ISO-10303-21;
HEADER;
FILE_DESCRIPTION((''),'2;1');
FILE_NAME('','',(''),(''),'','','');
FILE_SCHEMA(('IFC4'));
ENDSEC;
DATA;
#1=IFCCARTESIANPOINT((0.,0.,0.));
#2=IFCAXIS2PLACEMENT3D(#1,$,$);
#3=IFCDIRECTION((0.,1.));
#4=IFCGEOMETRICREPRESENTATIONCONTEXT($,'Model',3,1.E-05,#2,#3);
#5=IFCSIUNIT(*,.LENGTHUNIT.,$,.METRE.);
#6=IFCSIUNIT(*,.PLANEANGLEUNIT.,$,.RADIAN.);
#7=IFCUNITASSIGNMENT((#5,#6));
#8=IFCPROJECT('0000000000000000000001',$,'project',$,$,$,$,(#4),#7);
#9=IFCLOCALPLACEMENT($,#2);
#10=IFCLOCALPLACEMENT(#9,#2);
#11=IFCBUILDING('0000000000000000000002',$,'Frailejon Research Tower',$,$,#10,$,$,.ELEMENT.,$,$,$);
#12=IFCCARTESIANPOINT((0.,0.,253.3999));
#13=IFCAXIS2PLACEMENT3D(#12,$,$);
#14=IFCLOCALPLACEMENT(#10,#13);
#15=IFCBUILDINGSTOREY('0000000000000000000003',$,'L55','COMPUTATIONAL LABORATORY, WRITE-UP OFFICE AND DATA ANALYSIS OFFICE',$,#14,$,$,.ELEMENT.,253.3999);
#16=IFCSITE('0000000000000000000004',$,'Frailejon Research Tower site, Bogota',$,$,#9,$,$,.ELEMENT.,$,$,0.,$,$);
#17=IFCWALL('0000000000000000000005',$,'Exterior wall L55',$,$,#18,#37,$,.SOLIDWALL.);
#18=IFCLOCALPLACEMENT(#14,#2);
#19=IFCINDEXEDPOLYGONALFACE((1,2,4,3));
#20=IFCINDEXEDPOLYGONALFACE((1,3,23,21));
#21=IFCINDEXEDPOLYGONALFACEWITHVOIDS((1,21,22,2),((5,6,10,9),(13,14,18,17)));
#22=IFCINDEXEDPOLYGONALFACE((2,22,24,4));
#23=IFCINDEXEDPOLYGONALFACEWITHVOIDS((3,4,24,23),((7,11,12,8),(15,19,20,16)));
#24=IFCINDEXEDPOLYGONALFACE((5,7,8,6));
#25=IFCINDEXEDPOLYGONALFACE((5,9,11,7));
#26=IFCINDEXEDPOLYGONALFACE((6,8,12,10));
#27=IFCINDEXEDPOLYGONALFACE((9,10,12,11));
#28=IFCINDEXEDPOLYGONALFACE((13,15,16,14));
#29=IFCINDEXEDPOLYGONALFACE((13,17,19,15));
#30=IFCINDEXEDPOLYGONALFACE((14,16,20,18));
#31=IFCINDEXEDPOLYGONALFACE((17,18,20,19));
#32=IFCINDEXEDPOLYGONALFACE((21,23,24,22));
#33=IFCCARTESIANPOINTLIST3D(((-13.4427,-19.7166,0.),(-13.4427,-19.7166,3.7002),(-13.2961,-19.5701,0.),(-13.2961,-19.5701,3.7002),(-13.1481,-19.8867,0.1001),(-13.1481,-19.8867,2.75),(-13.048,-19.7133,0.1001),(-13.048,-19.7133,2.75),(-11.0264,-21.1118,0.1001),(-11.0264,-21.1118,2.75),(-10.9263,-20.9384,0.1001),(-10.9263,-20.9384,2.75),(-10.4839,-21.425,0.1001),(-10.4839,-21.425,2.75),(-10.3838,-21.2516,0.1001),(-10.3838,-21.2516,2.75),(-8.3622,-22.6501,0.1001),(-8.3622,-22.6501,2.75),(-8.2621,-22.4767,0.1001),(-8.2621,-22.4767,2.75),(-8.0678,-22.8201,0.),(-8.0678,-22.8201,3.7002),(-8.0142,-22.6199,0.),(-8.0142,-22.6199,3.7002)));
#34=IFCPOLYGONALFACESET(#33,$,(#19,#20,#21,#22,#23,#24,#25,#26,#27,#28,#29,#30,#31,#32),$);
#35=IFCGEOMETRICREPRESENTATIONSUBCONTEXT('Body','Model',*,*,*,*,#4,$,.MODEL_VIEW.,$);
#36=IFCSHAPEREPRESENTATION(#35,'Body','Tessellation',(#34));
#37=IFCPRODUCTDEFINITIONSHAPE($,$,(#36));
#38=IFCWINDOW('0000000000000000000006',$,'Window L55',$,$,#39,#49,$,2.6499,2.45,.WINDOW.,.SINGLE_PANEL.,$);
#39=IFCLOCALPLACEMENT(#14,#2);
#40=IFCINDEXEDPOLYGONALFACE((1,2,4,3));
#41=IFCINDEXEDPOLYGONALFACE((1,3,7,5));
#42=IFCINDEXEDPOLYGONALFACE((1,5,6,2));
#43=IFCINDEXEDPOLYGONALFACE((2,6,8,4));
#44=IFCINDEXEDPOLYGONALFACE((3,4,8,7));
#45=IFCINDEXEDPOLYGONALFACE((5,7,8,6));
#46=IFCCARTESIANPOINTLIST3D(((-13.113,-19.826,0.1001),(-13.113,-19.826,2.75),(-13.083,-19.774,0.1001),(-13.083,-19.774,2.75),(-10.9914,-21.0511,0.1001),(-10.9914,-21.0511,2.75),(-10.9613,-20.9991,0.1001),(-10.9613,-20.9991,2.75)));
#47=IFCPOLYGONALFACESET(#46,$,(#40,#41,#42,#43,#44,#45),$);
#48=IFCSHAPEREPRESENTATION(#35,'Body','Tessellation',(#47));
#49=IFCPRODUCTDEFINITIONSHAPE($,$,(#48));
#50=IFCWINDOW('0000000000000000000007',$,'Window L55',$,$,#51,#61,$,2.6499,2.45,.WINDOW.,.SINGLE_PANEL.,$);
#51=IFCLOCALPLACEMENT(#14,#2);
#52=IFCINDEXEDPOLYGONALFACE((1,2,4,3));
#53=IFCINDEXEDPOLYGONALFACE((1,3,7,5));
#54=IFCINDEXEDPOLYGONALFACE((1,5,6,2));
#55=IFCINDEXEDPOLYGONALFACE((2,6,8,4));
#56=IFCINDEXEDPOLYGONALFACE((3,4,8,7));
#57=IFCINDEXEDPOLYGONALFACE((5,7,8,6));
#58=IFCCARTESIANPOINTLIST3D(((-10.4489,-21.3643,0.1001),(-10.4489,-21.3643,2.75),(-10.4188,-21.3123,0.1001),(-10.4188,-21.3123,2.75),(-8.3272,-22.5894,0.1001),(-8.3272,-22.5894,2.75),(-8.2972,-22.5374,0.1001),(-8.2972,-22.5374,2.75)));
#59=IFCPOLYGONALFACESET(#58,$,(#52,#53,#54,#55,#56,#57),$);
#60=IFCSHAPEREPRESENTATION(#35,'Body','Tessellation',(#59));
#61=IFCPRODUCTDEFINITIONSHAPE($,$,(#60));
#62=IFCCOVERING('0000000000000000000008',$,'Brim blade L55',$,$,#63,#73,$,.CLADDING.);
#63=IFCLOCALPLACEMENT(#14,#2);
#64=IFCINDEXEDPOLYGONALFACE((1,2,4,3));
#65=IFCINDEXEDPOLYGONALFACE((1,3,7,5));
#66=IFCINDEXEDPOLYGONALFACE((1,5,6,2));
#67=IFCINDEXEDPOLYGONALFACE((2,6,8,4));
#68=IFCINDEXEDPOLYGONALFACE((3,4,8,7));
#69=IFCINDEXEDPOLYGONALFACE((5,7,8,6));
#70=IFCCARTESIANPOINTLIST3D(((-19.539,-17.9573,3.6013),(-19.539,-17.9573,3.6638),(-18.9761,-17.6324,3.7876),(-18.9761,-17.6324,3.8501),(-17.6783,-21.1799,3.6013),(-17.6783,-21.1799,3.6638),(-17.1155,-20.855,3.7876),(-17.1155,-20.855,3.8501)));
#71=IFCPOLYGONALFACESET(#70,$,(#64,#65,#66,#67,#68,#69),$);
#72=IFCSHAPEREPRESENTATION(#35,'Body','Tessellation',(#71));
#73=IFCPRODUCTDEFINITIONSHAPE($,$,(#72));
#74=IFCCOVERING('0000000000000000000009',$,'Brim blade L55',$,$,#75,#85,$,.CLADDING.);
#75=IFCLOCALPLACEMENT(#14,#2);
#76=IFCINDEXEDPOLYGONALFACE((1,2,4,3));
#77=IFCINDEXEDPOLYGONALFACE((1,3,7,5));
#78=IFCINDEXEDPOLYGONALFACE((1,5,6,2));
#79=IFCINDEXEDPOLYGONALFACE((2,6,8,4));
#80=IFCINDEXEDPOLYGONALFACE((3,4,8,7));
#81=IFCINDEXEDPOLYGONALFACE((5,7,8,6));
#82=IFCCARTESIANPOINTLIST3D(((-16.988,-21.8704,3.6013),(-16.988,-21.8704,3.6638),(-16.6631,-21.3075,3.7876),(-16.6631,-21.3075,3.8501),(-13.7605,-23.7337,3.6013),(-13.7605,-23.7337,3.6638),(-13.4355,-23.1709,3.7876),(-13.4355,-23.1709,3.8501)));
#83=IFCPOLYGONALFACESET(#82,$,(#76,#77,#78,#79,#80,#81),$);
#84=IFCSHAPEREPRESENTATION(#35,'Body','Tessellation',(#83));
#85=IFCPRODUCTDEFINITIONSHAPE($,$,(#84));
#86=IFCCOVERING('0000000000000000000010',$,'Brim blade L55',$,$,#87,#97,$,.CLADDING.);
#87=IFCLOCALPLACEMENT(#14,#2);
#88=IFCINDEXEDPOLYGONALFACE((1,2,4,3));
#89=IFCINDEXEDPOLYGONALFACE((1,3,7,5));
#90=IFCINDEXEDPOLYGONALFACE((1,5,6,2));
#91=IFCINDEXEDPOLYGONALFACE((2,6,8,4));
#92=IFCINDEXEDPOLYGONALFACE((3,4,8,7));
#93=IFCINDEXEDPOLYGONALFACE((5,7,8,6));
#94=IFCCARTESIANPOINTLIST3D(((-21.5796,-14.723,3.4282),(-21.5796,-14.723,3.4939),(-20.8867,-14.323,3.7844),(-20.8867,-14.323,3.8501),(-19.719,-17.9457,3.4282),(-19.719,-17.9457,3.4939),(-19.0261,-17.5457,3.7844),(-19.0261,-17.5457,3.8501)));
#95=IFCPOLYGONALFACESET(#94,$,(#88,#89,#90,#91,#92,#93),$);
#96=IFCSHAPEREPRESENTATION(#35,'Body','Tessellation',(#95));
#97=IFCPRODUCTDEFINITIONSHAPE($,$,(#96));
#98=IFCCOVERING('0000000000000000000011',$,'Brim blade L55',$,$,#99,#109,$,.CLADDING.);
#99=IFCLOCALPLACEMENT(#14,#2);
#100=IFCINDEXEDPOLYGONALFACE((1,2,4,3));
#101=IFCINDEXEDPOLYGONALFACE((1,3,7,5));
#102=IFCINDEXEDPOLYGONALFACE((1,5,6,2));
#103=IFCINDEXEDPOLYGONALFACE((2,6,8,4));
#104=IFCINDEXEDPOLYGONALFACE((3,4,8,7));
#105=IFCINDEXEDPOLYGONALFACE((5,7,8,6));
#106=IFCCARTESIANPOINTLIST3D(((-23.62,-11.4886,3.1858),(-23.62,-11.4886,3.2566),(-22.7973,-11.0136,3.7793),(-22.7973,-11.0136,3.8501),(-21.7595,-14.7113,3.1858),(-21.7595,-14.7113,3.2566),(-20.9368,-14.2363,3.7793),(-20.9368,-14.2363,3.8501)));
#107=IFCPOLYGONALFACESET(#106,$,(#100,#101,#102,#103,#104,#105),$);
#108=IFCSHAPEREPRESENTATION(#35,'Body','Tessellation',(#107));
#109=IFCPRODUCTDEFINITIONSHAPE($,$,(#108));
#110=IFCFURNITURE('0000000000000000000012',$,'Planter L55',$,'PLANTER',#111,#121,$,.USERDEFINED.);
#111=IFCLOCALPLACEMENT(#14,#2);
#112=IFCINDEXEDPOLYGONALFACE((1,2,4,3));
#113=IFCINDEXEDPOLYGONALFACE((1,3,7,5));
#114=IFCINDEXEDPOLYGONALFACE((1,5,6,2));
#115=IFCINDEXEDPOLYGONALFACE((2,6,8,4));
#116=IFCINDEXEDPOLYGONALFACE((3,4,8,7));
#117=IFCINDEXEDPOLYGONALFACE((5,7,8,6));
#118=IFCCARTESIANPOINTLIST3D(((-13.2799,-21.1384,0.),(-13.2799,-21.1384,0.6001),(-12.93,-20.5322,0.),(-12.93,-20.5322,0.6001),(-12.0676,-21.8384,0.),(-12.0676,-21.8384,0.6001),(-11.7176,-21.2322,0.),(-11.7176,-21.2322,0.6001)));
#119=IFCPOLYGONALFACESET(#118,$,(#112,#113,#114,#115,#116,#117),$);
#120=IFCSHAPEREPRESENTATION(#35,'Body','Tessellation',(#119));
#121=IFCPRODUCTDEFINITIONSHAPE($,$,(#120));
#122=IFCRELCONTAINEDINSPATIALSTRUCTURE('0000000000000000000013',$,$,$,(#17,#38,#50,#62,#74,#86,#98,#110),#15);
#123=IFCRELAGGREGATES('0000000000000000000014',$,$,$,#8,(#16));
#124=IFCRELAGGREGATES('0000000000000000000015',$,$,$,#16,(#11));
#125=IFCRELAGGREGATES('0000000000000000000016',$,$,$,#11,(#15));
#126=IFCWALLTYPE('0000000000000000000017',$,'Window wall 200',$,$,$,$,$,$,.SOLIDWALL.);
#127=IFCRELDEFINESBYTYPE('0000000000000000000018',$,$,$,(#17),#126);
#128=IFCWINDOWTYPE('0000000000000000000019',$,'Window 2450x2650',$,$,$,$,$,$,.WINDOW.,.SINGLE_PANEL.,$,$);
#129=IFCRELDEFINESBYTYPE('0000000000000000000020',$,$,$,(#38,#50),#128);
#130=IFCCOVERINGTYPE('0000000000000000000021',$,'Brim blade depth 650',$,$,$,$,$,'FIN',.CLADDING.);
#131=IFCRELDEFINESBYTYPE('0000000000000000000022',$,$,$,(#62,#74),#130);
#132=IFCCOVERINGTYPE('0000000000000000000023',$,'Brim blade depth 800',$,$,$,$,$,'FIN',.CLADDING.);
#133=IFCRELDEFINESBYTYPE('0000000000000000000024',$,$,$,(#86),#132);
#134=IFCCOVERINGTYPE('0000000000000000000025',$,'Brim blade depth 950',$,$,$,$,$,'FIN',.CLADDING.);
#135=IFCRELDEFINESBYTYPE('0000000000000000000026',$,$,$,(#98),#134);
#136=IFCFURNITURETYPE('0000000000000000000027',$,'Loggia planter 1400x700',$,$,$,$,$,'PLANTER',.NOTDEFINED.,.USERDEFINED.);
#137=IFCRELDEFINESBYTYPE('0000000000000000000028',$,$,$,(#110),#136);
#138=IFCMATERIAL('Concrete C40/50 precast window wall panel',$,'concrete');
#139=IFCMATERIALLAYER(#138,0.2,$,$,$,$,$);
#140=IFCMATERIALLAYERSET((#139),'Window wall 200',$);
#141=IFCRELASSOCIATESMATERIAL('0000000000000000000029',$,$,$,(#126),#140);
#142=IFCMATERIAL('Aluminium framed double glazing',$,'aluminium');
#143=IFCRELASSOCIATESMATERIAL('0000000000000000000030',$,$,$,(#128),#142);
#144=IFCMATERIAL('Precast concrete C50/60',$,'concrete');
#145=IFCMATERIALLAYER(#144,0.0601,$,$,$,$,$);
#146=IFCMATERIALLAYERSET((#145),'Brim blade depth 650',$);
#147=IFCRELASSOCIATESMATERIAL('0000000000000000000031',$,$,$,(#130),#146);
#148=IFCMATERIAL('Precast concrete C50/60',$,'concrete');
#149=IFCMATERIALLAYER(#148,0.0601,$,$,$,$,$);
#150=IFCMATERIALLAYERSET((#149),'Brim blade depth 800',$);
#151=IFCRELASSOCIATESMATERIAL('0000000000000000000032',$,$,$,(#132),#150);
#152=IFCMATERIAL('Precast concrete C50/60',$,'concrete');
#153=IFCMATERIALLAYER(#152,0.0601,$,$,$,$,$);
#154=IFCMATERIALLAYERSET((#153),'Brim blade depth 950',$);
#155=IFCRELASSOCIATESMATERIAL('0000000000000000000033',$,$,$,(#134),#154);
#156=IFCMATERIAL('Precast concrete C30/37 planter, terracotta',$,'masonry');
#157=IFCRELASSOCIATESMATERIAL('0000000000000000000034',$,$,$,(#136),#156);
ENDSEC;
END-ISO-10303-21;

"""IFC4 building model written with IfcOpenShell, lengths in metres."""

from ifc_helpers import new_model, si_unit, direction, frame, frame_2d, origin, origin_2d, place, context, subcontext, project, spatial, polyline, rectangle, outline, extrude, material, layer, layer_set, type_object, element, fill, save


model = new_model("IFC4")

# Units and contexts
model_context = context("Model", 3, precision=1e-05, world=origin(), true_north=direction((0.0, 1.0)))
body_context = subcontext(model_context, "Body", "Model", "MODEL_VIEW")
ifc_project = project(units=[si_unit("LENGTHUNIT", "METRE"), si_unit("PLANEANGLEUNIT", "RADIAN")], contexts=[model_context])

# Site, building, storey
site_placement = place(None, origin())
site = spatial("IfcSite", under=ifc_project, at=site_placement, Name="Frailejon Research Tower site, Bogota", CompositionType="ELEMENT", RefElevation=0.0)
building_placement = place(site_placement, origin())
building = spatial("IfcBuilding", under=site, at=building_placement, Name="Frailejon Research Tower", CompositionType="ELEMENT")
storey_placement = place(building_placement, frame((0.0, 0.0, 253.3999)))
storey = spatial("IfcBuildingStorey", under=building, at=storey_placement, Name="L55", Description="COMPUTATIONAL LABORATORY, WRITE-UP OFFICE AND DATA ANALYSIS OFFICE", CompositionType="ELEMENT", Elevation=253.3999)

# Wall, openings, windows
ifc_material_1 = material(Name="Concrete C40/50 precast window wall panel", Category="concrete")
ifc_layer_1 = layer(ifc_material_1, 0.2)
ifc_layer_set_1 = layer_set([ifc_layer_1], Name="Window wall 200")
wall_type_1 = type_object("IfcWallType", Name="Window wall 200", PredefinedType="SOLIDWALL", material=ifc_layer_set_1)
wall_1_placement = place(storey_placement, frame((-13.3694, -19.6433, 0.0), z_axis=(0.0, 0.0, 1.0), x_axis=(0.866003, -0.50004, 0.0)))
wall_1 = element("IfcWall", 1, at=wall_1_placement, inside=storey, type_object=wall_type_1, Name="Exterior wall L55", PredefinedType="SOLIDWALL", context=body_context, shape_type="SweptSolid", body=[
    extrude(outline(polyline([(-0.0269, -0.1001), (1.0076, -0.1001), (2.042, -0.1001), (3.0764, -0.1001), (4.1108, -0.1001), (5.1453, -0.1001), (6.1797, -0.1001), (6.126, 0.1001), (5.1094, 0.1001), (4.093, 0.1001), (3.0764, 0.1001), (2.0598, 0.1001), (1.0435, 0.1001), (0.0269, 0.1001), (-0.0269, -0.1001)])), origin(), (0.0, 0.0, 1.0), 3.7002),
])
opening_1_placement = place(wall_1_placement, frame((0.3132, 0.0, 0.1001)))
opening_1 = element("IfcOpeningElement", 2, at=opening_1_placement, cuts=wall_1, PredefinedType="OPENING", context=body_context, shape_type="SweptSolid", body=[
    extrude(rectangle(XDim=2.45, YDim=2.6499, at=frame_2d((1.2251, 1.325))), frame((0.0, 0.1099, 0.0), z_axis=(0.0, -1.0, 0.0), x_axis=(1.0, 0.0, 0.0)), (0.0, 0.0, 1.0), 0.22),
])
opening_2_placement = place(wall_1_placement, frame((3.3896, 0.0, 0.1001)))
opening_2 = element("IfcOpeningElement", 3, at=opening_2_placement, cuts=wall_1, PredefinedType="OPENING", context=body_context, shape_type="SweptSolid", body=[
    extrude(rectangle(XDim=2.45, YDim=2.6499, at=frame_2d((1.2251, 1.325))), frame((0.0, 0.1099, 0.0), z_axis=(0.0, -1.0, 0.0), x_axis=(1.0, 0.0, 0.0)), (0.0, 0.0, 1.0), 0.22),
])
ifc_material_2 = material(Name="Aluminium framed double glazing", Category="aluminium")
window_type = type_object("IfcWindowType", Name="Window 2450x2650", PartitioningType="SINGLE_PANEL", PredefinedType="WINDOW", material=ifc_material_2)
window_1_placement = place(opening_1_placement, origin())
window_1 = element("IfcWindow", 4, at=window_1_placement, inside=storey, type_object=window_type, Name="Window L55", OverallHeight=2.6499, OverallWidth=2.45, PartitioningType="SINGLE_PANEL", PredefinedType="WINDOW", context=body_context, shape_type="SweptSolid", body=[
    extrude(rectangle(XDim=2.45, YDim=2.6499, at=frame_2d((1.2251, 1.325))), frame((0.0, 0.03, 0.0), z_axis=(0.0, -1.0, 0.0), x_axis=(1.0, 0.0, 0.0)), (0.0, 0.0, 1.0), 0.0601),
])
fill(opening_1, window_1)
window_2_placement = place(opening_2_placement, origin())
window_2 = element("IfcWindow", 5, at=window_2_placement, inside=storey, type_object=window_type, Name="Window L55", OverallHeight=2.6499, OverallWidth=2.45, PartitioningType="SINGLE_PANEL", PredefinedType="WINDOW", context=body_context, shape_type="SweptSolid", body=[
    extrude(rectangle(XDim=2.45, YDim=2.6499, at=frame_2d((1.2251, 1.325))), frame((0.0, 0.03, 0.0), z_axis=(0.0, -1.0, 0.0), x_axis=(1.0, 0.0, 0.0)), (0.0, 0.0, 1.0), 0.0601),
])
fill(opening_2, window_2)

# Coverings
ifc_material_3 = material(Name="Precast concrete C50/60", Category="concrete")
ifc_layer_2 = layer(ifc_material_3, 0.0601)
ifc_layer_set_2 = layer_set([ifc_layer_2], Name="Brim blade depth 650")
covering_type_1 = type_object("IfcCoveringType", Name="Brim blade depth 650", ElementType="FIN", PredefinedType="CLADDING", material=ifc_layer_set_2)
covering_1_placement = place(storey_placement, frame((-17.1155, -20.855, 3.8501), z_axis=(-0.500015, 0.866017, 0.0), x_axis=(-0.866017, -0.500015, 0.0)))
element("IfcCovering", 6, at=covering_1_placement, inside=storey, type_object=covering_type_1, Name="Brim blade L55", PredefinedType="CLADDING", context=body_context, shape_type="SweptSolid", body=[
    extrude(outline(polyline([(0.0, -0.0625), (0.6499, -0.2488), (0.6499, -0.1863), (0.0, 0.0), (0.0, -0.0625)])), origin(), (0.0, 0.0, 1.0), 3.7212),
])
covering_2_placement = place(storey_placement, frame((-13.4355, -23.1709, 3.8501), z_axis=(-0.86603, 0.499992, 0.0), x_axis=(-0.499992, -0.86603, 0.0)))
element("IfcCovering", 7, at=covering_2_placement, inside=storey, type_object=covering_type_1, Name="Brim blade L55", PredefinedType="CLADDING", context=body_context, shape_type="SweptSolid", body=[
    extrude(outline(polyline([(0.0, -0.0625), (0.6499, -0.2488), (0.6499, -0.1863), (0.0, 0.0), (0.0, -0.0625)])), origin(), (0.0, 0.0, 1.0), 3.7268),
])
ifc_material_4 = material(Name="Precast concrete C50/60", Category="concrete")
ifc_layer_3 = layer(ifc_material_4, 0.0601)
ifc_layer_set_3 = layer_set([ifc_layer_3], Name="Brim blade depth 800")
covering_type_2 = type_object("IfcCoveringType", Name="Brim blade depth 800", ElementType="FIN", PredefinedType="CLADDING", material=ifc_layer_set_3)
covering_3_placement = place(storey_placement, frame((-19.0261, -17.5457, 3.8501), z_axis=(-0.499995, 0.866028, 0.0), x_axis=(-0.866028, -0.499995, 0.0)))
element("IfcCovering", 8, at=covering_3_placement, inside=storey, type_object=covering_type_2, Name="Brim blade L55", PredefinedType="CLADDING", context=body_context, shape_type="SweptSolid", body=[
    extrude(outline(polyline([(0.0, -0.0657), (0.8, -0.4219), (0.8, -0.3562), (0.0, 0.0), (0.0, -0.0657)])), origin(), (0.0, 0.0, 1.0), 3.7212),
])
ifc_material_5 = material(Name="Precast concrete C50/60", Category="concrete")
ifc_layer_4 = layer(ifc_material_5, 0.0601)
ifc_layer_set_4 = layer_set([ifc_layer_4], Name="Brim blade depth 950")
covering_type_3 = type_object("IfcCoveringType", Name="Brim blade depth 950", ElementType="FIN", PredefinedType="CLADDING", material=ifc_layer_set_4)
covering_4_placement = place(storey_placement, frame((-20.9368, -14.2363, 3.8501), z_axis=(-0.499984, 0.866035, 0.0), x_axis=(-0.866035, -0.499984, 0.0)))
element("IfcCovering", 9, at=covering_4_placement, inside=storey, type_object=covering_type_3, Name="Brim blade L55", PredefinedType="CLADDING", context=body_context, shape_type="SweptSolid", body=[
    extrude(outline(polyline([(0.0, -0.0708), (0.95, -0.6643), (0.95, -0.5935), (0.0, 0.0), (0.0, -0.0708)])), origin(), (0.0, 0.0, 1.0), 3.7212),
])

# Furniture
ifc_material_6 = material(Name="Precast concrete C30/37 planter, terracotta", Category="masonry")
furniture_type = type_object("IfcFurnitureType", Name="Loggia planter 1400x700", ElementType="PLANTER", AssemblyPlace="NOTDEFINED", PredefinedType="USERDEFINED", material=ifc_material_6)
furniture_placement = place(storey_placement, frame((-12.4988, -21.1853, 0.0), z_axis=(0.0, 0.0, 1.0), x_axis=(0.866025, -0.5, 0.0)))
element("IfcFurniture", 10, at=furniture_placement, inside=storey, type_object=furniture_type, Name="Planter L55", ObjectType="PLANTER", PredefinedType="USERDEFINED", context=body_context, shape_type="SweptSolid", body=[
    extrude(rectangle(XDim=1.3999, YDim=0.7, at=origin_2d()), origin(), (0.0, 0.0, 1.0), 0.6001),
])

save(model, "model.ifc")
